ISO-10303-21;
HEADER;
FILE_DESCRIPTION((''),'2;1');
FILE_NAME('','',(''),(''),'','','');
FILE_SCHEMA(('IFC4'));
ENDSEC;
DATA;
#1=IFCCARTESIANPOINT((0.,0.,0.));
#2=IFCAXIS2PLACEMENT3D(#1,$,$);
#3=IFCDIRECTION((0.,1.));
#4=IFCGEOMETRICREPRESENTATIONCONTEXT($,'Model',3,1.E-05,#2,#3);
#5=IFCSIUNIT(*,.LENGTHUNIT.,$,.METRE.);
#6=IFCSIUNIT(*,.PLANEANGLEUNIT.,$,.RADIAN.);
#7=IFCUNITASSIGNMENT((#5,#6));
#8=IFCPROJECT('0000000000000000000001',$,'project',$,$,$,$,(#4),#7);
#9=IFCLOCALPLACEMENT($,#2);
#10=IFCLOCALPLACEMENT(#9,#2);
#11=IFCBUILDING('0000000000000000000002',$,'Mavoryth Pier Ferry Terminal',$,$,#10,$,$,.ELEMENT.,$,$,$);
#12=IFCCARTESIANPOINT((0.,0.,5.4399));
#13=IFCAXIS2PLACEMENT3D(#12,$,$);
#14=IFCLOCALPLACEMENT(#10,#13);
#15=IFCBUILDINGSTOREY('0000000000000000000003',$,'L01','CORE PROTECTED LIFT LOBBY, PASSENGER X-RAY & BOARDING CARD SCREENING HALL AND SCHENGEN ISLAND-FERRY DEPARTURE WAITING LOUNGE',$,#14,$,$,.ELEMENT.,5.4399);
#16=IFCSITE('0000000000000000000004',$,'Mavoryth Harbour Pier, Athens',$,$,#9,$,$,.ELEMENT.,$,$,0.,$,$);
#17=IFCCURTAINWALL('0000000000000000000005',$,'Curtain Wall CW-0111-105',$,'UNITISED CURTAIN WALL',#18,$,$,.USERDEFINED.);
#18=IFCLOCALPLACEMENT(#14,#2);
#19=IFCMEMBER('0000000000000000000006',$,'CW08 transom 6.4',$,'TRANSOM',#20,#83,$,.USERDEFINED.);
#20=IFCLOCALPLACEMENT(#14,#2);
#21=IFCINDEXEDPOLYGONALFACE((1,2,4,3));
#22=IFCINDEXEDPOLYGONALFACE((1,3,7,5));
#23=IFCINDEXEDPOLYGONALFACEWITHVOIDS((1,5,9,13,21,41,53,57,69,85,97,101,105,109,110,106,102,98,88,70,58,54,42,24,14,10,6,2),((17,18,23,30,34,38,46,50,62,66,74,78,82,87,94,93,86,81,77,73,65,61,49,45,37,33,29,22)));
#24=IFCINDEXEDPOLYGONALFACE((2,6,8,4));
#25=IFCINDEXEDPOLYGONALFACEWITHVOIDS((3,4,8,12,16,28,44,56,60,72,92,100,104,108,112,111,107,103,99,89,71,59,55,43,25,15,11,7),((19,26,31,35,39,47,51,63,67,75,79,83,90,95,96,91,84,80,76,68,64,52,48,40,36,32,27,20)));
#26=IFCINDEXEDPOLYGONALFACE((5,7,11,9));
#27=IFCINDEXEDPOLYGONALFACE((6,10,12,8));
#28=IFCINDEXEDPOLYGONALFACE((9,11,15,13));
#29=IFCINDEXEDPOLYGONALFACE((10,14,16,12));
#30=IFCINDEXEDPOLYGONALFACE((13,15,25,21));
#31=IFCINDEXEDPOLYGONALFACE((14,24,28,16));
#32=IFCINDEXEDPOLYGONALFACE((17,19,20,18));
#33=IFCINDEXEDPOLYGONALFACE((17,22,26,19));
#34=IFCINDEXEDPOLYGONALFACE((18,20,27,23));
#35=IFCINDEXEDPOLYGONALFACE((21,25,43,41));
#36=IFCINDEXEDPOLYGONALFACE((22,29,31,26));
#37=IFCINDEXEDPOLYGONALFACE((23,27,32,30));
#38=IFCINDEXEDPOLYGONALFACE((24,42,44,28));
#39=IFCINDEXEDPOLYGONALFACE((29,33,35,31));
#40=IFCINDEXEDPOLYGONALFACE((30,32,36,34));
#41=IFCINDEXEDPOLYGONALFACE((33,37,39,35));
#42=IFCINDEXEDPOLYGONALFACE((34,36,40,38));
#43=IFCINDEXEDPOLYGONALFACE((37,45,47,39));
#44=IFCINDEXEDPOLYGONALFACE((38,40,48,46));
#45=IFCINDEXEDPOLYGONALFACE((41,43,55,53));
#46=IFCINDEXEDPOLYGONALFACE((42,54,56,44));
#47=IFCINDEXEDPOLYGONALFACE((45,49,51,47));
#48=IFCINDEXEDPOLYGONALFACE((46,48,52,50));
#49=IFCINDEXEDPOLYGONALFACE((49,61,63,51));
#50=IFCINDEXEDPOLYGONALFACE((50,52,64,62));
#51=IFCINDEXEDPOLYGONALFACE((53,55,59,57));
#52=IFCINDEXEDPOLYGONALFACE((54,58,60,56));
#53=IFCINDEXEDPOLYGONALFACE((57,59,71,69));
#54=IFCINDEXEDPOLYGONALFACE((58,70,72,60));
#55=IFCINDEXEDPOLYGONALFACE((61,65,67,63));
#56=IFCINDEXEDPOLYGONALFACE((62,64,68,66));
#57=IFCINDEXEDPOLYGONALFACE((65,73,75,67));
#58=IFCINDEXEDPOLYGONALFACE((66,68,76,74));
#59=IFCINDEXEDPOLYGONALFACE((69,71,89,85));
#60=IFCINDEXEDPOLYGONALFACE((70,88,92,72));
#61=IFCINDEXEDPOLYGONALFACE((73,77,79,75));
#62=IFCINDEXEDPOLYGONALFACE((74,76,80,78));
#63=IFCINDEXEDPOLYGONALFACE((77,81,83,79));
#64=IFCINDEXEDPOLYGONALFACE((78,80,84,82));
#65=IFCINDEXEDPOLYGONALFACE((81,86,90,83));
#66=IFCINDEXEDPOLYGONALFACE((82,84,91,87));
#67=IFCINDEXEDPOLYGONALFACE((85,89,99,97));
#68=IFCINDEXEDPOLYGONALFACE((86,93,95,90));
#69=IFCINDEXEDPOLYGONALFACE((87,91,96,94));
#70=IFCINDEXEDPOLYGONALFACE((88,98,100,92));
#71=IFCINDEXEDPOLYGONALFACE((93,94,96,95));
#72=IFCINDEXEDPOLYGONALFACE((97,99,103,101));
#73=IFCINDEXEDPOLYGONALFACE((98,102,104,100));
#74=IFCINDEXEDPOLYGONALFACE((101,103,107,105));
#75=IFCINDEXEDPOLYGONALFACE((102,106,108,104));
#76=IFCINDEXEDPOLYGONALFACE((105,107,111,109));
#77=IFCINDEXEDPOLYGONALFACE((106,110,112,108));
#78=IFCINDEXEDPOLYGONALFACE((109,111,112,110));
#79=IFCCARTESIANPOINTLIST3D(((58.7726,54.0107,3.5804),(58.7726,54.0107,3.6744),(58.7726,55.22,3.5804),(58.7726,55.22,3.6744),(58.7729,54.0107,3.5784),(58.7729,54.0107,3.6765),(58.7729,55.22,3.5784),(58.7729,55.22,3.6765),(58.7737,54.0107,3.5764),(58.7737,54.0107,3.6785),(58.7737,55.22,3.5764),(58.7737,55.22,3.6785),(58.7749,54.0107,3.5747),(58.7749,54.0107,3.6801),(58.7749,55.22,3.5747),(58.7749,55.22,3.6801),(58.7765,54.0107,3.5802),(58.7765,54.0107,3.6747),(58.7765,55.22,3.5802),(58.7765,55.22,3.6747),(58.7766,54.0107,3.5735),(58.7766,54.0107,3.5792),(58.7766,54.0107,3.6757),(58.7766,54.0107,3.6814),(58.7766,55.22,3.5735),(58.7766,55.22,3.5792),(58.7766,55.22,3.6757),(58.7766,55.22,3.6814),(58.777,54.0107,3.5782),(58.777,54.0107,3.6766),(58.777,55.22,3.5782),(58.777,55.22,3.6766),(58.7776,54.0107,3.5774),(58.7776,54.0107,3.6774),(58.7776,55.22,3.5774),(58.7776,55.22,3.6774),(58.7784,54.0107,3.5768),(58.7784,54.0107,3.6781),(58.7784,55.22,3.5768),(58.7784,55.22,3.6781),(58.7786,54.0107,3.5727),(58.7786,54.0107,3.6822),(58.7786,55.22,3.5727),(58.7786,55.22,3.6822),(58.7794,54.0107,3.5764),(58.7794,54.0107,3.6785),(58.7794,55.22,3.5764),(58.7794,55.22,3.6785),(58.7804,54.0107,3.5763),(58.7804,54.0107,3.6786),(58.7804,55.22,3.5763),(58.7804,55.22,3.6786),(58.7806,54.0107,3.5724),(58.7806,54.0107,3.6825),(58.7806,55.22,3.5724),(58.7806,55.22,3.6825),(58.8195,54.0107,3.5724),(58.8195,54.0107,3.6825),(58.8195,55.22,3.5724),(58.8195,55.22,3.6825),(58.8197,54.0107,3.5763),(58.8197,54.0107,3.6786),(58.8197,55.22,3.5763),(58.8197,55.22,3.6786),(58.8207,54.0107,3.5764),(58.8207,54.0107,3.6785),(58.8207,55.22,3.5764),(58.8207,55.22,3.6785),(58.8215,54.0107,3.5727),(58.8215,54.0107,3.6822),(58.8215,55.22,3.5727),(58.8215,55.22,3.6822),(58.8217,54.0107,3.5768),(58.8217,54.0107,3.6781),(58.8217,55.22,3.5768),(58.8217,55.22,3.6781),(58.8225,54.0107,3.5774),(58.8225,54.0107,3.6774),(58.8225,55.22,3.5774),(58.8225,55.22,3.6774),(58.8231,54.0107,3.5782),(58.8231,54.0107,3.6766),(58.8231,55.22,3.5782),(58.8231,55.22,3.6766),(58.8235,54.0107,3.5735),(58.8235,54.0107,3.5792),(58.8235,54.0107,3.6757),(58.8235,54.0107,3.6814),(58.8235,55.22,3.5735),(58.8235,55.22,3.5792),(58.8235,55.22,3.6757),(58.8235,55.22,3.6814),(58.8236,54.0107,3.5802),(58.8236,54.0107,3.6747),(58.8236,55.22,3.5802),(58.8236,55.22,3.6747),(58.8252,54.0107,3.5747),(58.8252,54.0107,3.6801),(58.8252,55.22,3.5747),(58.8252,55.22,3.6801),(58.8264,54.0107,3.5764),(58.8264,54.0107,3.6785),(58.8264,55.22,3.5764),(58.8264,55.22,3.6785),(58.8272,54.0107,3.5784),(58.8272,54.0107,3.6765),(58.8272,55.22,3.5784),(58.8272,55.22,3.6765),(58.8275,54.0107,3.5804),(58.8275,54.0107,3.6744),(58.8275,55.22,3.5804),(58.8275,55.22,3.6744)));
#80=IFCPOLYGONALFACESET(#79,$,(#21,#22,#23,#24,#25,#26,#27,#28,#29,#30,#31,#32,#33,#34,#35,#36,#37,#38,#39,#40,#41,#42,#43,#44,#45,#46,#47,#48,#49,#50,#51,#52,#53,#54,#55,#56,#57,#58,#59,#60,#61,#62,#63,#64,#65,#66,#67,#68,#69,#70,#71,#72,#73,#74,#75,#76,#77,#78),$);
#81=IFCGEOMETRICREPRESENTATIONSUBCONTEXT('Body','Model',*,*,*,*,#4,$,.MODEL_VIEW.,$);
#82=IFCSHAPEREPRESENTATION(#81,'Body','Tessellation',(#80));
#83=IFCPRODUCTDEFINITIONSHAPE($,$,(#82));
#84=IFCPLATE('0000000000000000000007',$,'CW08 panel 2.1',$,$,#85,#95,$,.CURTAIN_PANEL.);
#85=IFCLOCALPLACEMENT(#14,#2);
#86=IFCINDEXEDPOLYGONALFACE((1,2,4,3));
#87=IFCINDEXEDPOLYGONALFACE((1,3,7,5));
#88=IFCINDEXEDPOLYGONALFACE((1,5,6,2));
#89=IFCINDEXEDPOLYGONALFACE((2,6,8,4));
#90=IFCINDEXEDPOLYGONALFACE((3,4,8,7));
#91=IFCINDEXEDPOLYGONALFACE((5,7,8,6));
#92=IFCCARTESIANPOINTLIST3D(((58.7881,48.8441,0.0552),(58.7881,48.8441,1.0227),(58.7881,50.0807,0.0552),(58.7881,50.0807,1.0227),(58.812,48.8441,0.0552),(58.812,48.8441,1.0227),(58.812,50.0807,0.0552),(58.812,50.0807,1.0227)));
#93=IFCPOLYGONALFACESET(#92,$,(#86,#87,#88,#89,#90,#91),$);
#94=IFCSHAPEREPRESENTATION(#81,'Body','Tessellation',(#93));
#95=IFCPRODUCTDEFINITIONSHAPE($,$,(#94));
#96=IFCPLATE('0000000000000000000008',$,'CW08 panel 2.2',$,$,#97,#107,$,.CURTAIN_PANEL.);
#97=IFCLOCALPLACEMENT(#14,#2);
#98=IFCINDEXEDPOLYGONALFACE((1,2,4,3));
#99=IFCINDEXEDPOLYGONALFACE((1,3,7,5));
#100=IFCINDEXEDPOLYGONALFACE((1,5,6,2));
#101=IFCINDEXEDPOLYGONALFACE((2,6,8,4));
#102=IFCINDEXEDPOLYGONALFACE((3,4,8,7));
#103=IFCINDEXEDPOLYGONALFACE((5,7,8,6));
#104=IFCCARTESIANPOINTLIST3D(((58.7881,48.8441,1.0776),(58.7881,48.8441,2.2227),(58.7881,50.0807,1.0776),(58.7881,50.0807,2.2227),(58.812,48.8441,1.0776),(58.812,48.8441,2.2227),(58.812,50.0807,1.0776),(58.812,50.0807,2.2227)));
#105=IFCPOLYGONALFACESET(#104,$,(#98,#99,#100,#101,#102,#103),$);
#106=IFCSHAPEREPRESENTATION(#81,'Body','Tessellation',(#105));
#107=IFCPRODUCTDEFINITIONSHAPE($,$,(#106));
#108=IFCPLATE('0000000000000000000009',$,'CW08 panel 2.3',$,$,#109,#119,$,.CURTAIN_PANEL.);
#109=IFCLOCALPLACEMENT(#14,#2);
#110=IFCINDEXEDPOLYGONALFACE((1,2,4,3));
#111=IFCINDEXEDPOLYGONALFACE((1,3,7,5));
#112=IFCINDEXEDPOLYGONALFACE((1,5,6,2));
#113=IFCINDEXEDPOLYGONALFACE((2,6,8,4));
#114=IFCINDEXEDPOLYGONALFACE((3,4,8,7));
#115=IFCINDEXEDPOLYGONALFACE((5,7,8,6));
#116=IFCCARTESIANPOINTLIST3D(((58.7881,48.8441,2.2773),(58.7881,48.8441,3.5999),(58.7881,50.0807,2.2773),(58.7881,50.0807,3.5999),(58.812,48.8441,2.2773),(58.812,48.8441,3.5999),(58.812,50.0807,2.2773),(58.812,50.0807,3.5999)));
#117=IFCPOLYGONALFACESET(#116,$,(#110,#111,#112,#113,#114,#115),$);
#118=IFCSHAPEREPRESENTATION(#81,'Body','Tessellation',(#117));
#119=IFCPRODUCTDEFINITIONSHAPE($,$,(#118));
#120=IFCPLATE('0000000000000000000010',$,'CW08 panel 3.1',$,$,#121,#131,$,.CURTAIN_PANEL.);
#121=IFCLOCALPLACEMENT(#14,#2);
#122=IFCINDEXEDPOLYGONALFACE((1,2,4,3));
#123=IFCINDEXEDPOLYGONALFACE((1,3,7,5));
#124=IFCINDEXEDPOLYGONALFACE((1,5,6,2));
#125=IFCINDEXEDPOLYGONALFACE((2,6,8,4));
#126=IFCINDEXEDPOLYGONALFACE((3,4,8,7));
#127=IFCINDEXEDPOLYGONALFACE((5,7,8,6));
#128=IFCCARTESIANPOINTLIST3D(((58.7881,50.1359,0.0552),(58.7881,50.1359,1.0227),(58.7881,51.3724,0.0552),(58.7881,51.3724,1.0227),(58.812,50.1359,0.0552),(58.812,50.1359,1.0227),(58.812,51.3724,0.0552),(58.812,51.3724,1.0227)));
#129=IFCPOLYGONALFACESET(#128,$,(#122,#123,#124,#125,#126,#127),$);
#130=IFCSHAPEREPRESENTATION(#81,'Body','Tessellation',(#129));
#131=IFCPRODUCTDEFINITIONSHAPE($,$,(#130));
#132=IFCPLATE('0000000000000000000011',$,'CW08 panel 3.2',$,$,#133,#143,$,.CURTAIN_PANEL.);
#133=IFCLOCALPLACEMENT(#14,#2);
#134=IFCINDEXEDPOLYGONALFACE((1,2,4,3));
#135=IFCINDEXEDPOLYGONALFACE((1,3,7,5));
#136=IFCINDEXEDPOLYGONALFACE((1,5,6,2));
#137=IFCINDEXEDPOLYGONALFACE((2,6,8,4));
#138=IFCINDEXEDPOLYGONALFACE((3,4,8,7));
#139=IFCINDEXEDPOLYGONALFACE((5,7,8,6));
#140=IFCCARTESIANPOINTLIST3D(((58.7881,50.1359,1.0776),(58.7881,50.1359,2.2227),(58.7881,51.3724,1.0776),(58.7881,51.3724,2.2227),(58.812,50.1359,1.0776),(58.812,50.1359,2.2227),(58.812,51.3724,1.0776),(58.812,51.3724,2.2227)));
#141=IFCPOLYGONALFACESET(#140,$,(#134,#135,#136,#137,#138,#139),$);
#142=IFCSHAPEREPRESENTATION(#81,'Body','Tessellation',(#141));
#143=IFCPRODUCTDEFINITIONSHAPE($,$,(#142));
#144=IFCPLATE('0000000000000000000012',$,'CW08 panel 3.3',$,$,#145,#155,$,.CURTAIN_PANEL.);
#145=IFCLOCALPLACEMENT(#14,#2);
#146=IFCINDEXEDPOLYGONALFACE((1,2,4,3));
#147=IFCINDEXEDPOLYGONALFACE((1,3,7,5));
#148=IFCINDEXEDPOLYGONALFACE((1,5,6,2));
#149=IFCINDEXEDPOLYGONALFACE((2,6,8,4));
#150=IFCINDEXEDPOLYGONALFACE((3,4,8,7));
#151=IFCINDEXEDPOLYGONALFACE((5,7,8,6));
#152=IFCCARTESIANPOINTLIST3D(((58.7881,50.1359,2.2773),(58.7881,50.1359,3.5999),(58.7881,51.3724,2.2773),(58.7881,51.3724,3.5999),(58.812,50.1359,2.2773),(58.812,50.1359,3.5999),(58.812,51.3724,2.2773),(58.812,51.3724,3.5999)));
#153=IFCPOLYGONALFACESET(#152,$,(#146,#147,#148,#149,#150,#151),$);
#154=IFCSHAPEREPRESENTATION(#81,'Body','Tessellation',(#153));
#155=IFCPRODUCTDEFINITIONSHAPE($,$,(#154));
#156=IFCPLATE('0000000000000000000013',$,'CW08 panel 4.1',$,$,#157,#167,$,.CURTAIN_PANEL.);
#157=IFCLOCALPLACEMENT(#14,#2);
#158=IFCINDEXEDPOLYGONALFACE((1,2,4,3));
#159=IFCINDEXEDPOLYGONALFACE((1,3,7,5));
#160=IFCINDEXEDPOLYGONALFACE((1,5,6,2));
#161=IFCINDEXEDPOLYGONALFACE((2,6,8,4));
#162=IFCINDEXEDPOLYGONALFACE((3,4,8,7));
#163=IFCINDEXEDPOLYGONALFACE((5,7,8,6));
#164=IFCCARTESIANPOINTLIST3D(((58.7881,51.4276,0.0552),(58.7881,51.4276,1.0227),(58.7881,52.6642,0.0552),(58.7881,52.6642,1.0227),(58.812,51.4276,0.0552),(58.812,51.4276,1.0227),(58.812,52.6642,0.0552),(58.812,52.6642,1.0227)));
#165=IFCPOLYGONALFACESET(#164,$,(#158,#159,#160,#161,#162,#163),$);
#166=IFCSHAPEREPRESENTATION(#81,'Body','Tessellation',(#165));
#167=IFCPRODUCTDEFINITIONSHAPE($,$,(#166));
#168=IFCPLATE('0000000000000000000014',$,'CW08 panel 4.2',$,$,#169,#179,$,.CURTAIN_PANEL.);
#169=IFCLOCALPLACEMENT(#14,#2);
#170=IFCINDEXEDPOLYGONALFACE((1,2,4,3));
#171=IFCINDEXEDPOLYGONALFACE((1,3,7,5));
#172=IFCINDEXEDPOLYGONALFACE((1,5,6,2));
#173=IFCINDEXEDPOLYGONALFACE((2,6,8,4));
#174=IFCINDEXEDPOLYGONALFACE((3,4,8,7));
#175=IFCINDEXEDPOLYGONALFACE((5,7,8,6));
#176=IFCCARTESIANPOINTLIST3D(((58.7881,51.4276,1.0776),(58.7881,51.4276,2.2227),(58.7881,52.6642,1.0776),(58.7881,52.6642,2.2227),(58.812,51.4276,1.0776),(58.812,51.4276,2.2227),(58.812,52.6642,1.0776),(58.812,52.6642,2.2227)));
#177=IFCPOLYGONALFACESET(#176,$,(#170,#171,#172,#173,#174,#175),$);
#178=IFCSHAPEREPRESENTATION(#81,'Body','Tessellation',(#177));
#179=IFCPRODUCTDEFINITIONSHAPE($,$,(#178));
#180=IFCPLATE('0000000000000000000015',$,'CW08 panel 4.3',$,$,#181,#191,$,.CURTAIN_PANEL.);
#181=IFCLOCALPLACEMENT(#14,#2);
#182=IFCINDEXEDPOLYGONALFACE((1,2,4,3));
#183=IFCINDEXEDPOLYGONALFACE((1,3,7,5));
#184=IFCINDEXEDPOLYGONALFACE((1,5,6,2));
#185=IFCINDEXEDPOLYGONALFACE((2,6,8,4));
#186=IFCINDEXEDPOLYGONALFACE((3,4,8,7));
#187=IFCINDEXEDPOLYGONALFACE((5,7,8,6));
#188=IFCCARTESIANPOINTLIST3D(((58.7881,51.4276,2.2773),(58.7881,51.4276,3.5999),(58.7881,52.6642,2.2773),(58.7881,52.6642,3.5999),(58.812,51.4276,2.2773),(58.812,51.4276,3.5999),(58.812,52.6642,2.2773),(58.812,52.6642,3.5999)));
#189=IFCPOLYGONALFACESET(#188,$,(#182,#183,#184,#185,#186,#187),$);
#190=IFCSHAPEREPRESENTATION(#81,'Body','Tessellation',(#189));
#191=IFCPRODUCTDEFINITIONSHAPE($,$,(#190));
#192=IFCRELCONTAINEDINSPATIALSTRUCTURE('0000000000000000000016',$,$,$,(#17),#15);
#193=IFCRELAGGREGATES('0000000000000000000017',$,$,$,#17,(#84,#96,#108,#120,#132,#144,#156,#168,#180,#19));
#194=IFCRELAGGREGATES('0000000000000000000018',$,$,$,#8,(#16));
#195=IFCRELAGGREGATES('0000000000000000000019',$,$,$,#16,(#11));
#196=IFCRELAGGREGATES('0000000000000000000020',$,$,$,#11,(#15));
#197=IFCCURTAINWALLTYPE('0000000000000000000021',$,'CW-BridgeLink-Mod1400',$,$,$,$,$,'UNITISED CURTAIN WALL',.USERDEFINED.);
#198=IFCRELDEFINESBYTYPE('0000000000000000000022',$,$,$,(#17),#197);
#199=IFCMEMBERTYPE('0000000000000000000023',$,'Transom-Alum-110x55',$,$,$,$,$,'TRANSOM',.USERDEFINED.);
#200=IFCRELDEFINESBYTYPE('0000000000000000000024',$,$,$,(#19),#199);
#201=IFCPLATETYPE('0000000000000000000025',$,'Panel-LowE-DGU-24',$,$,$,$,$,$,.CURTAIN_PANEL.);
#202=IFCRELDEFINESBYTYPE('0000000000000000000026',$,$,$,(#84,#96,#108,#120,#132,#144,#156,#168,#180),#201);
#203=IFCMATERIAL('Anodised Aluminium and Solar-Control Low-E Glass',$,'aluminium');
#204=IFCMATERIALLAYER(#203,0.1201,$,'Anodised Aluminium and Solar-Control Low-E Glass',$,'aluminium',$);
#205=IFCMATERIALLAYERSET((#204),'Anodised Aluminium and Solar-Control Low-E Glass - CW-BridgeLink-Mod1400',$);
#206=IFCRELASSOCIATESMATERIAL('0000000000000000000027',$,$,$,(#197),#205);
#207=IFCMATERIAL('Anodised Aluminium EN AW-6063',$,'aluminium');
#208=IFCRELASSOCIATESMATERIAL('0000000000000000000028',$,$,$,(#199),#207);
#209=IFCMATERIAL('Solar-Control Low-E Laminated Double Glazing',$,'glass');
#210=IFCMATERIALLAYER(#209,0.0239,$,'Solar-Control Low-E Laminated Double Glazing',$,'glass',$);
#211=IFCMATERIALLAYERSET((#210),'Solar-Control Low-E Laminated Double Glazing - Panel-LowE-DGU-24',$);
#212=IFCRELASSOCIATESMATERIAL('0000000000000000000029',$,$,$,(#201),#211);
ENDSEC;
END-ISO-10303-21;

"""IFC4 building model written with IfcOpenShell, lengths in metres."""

from ifc_helpers import new_model, si_unit, direction, frame, origin, origin_2d, place, context, subcontext, project, spatial, rectangle, hollow_rectangle, extrude, material, layer, layer_set, material_profile, profile_set, type_object, element, aggregate, save


model = new_model("IFC4")

# Units and contexts
model_context = context("Model", 3, precision=1e-05, world=origin(), true_north=direction((0.0, 1.0)))
body_context = subcontext(model_context, "Body", "Model", "MODEL_VIEW")
ifc_project = project(units=[si_unit("LENGTHUNIT", "METRE"), si_unit("PLANEANGLEUNIT", "RADIAN")], contexts=[model_context])

# Site, building, storey
site_placement = place(None, origin())
site = spatial("IfcSite", under=ifc_project, at=site_placement, Name="Mavoryth Harbour Pier, Athens", CompositionType="ELEMENT", RefElevation=0.0)
building_placement = place(site_placement, origin())
building = spatial("IfcBuilding", under=site, at=building_placement, Name="Mavoryth Pier Ferry Terminal", CompositionType="ELEMENT")
storey_placement = place(building_placement, frame((0.0, 0.0, 5.4399)))
storey = spatial("IfcBuildingStorey", under=building, at=storey_placement, Name="L01", Description="CORE PROTECTED LIFT LOBBY, PASSENGER X-RAY & BOARDING CARD SCREENING HALL AND SCHENGEN ISLAND-FERRY DEPARTURE WAITING LOUNGE", CompositionType="ELEMENT", Elevation=5.4399)

# Curtain wall, member, plates
ifc_material_1 = material(Name="Anodised Aluminium and Solar-Control Low-E Glass", Category="aluminium")
ifc_layer_1 = layer(ifc_material_1, 0.1201, Name="Anodised Aluminium and Solar-Control Low-E Glass", Category="aluminium")
ifc_layer_set_1 = layer_set([ifc_layer_1], Name="Anodised Aluminium and Solar-Control Low-E Glass - CW-BridgeLink-Mod1400")
curtain_wall_type = type_object("IfcCurtainWallType", Name="CW-BridgeLink-Mod1400", ElementType="UNITISED CURTAIN WALL", PredefinedType="USERDEFINED", material=ifc_layer_set_1)
curtain_wall_placement = place(storey_placement, origin())
curtain_wall = element("IfcCurtainWall", 1, at=curtain_wall_placement, inside=storey, type_object=curtain_wall_type, Name="Curtain Wall CW-0111-105", ObjectType="UNITISED CURTAIN WALL", PredefinedType="USERDEFINED")
ifc_material_2 = material(Name="Anodised Aluminium EN AW-6063", Category="aluminium")
ifc_material_profile_1 = material_profile(ifc_material_2, hollow_rectangle(XDim=0.0549, YDim=0.1101, WallThickness=0.0039, InnerFilletRadius=0.0039, OuterFilletRadius=0.0081, at=origin_2d()), Name="AL-TRAN 110x55x4", Category="aluminium")
ifc_profile_set_1 = profile_set([ifc_material_profile_1], Name="Anodised Aluminium EN AW-6063 - AL-TRAN 110x55x4")
member_type_1 = type_object("IfcMemberType", Name="Transom-Alum-110x55", ElementType="TRANSOM", PredefinedType="USERDEFINED", material=ifc_profile_set_1)
member_1_placement = place(storey_placement, frame((58.8, 54.0107, 3.6274), z_axis=(0.0, 1.0, 0.0), x_axis=(-1.0, 0.0, 0.0)))
member_1 = element("IfcMember", 2, at=member_1_placement, type_object=member_type_1, Name="CW08 transom 6.4", ObjectType="TRANSOM", PredefinedType="USERDEFINED", context=body_context, shape_type="SweptSolid", body=[
    extrude(hollow_rectangle(XDim=0.0549, YDim=0.1101, WallThickness=0.0039, InnerFilletRadius=0.0039, OuterFilletRadius=0.0081, at=origin_2d()), origin(), (0.0, 0.0, 1.0), 1.2092),
])
ifc_material_3 = material(Name="Solar-Control Low-E Laminated Double Glazing", Category="glass")
ifc_layer_2 = layer(ifc_material_3, 0.0239, Name="Solar-Control Low-E Laminated Double Glazing", Category="glass")
ifc_layer_set_2 = layer_set([ifc_layer_2], Name="Solar-Control Low-E Laminated Double Glazing - Panel-LowE-DGU-24")
plate_type = type_object("IfcPlateType", Name="Panel-LowE-DGU-24", PredefinedType="CURTAIN_PANEL", material=ifc_layer_set_2)
plate_1_placement = place(storey_placement, frame((58.8, 49.4624, 0.0552), z_axis=(0.0, 0.0, 1.0), x_axis=(0.0, 1.0, 0.0)))
plate_1 = element("IfcPlate", 3, at=plate_1_placement, type_object=plate_type, Name="CW08 panel 2.1", PredefinedType="CURTAIN_PANEL", context=body_context, shape_type="SweptSolid", body=[
    extrude(rectangle(XDim=1.2366, YDim=0.0239, at=origin_2d()), origin(), (0.0, 0.0, 1.0), 0.9675),
])
plate_2_placement = place(storey_placement, frame((58.8, 49.4624, 1.0776), z_axis=(0.0, 0.0, 1.0), x_axis=(0.0, 1.0, 0.0)))
plate_2 = element("IfcPlate", 4, at=plate_2_placement, type_object=plate_type, Name="CW08 panel 2.2", PredefinedType="CURTAIN_PANEL", context=body_context, shape_type="SweptSolid", body=[
    extrude(rectangle(XDim=1.2366, YDim=0.0239, at=origin_2d()), origin(), (0.0, 0.0, 1.0), 1.145),
])
plate_3_placement = place(storey_placement, frame((58.8, 49.4624, 2.2773), z_axis=(0.0, 0.0, 1.0), x_axis=(0.0, 1.0, 0.0)))
plate_3 = element("IfcPlate", 5, at=plate_3_placement, type_object=plate_type, Name="CW08 panel 2.3", PredefinedType="CURTAIN_PANEL", context=body_context, shape_type="SweptSolid", body=[
    extrude(rectangle(XDim=1.2366, YDim=0.0239, at=origin_2d()), origin(), (0.0, 0.0, 1.0), 1.3225),
])
plate_4_placement = place(storey_placement, frame((58.8, 50.7542, 0.0552), z_axis=(0.0, 0.0, 1.0), x_axis=(0.0, 1.0, 0.0)))
plate_4 = element("IfcPlate", 6, at=plate_4_placement, type_object=plate_type, Name="CW08 panel 3.1", PredefinedType="CURTAIN_PANEL", context=body_context, shape_type="SweptSolid", body=[
    extrude(rectangle(XDim=1.2366, YDim=0.0239, at=origin_2d()), origin(), (0.0, 0.0, 1.0), 0.9675),
])
plate_5_placement = place(storey_placement, frame((58.8, 50.7542, 1.0776), z_axis=(0.0, 0.0, 1.0), x_axis=(0.0, 1.0, 0.0)))
plate_5 = element("IfcPlate", 7, at=plate_5_placement, type_object=plate_type, Name="CW08 panel 3.2", PredefinedType="CURTAIN_PANEL", context=body_context, shape_type="SweptSolid", body=[
    extrude(rectangle(XDim=1.2366, YDim=0.0239, at=origin_2d()), origin(), (0.0, 0.0, 1.0), 1.145),
])
plate_6_placement = place(storey_placement, frame((58.8, 50.7542, 2.2773), z_axis=(0.0, 0.0, 1.0), x_axis=(0.0, 1.0, 0.0)))
plate_6 = element("IfcPlate", 8, at=plate_6_placement, type_object=plate_type, Name="CW08 panel 3.3", PredefinedType="CURTAIN_PANEL", context=body_context, shape_type="SweptSolid", body=[
    extrude(rectangle(XDim=1.2366, YDim=0.0239, at=origin_2d()), origin(), (0.0, 0.0, 1.0), 1.3225),
])
plate_7_placement = place(storey_placement, frame((58.8, 52.0459, 0.0552), z_axis=(0.0, 0.0, 1.0), x_axis=(0.0, 1.0, 0.0)))
plate_7 = element("IfcPlate", 9, at=plate_7_placement, type_object=plate_type, Name="CW08 panel 4.1", PredefinedType="CURTAIN_PANEL", context=body_context, shape_type="SweptSolid", body=[
    extrude(rectangle(XDim=1.2366, YDim=0.0239, at=origin_2d()), origin(), (0.0, 0.0, 1.0), 0.9675),
])
plate_8_placement = place(storey_placement, frame((58.8, 52.0459, 1.0776), z_axis=(0.0, 0.0, 1.0), x_axis=(0.0, 1.0, 0.0)))
plate_8 = element("IfcPlate", 10, at=plate_8_placement, type_object=plate_type, Name="CW08 panel 4.2", PredefinedType="CURTAIN_PANEL", context=body_context, shape_type="SweptSolid", body=[
    extrude(rectangle(XDim=1.2366, YDim=0.0239, at=origin_2d()), origin(), (0.0, 0.0, 1.0), 1.145),
])
plate_9_placement = place(storey_placement, frame((58.8, 52.0459, 2.2773), z_axis=(0.0, 0.0, 1.0), x_axis=(0.0, 1.0, 0.0)))
plate_9 = element("IfcPlate", 11, at=plate_9_placement, type_object=plate_type, Name="CW08 panel 4.3", PredefinedType="CURTAIN_PANEL", context=body_context, shape_type="SweptSolid", body=[
    extrude(rectangle(XDim=1.2366, YDim=0.0239, at=origin_2d()), origin(), (0.0, 0.0, 1.0), 1.3225),
])
aggregate(curtain_wall, [plate_1, plate_2, plate_3, plate_4, plate_5, plate_6, plate_7, plate_8, plate_9, member_1])

save(model, "model.ifc")
